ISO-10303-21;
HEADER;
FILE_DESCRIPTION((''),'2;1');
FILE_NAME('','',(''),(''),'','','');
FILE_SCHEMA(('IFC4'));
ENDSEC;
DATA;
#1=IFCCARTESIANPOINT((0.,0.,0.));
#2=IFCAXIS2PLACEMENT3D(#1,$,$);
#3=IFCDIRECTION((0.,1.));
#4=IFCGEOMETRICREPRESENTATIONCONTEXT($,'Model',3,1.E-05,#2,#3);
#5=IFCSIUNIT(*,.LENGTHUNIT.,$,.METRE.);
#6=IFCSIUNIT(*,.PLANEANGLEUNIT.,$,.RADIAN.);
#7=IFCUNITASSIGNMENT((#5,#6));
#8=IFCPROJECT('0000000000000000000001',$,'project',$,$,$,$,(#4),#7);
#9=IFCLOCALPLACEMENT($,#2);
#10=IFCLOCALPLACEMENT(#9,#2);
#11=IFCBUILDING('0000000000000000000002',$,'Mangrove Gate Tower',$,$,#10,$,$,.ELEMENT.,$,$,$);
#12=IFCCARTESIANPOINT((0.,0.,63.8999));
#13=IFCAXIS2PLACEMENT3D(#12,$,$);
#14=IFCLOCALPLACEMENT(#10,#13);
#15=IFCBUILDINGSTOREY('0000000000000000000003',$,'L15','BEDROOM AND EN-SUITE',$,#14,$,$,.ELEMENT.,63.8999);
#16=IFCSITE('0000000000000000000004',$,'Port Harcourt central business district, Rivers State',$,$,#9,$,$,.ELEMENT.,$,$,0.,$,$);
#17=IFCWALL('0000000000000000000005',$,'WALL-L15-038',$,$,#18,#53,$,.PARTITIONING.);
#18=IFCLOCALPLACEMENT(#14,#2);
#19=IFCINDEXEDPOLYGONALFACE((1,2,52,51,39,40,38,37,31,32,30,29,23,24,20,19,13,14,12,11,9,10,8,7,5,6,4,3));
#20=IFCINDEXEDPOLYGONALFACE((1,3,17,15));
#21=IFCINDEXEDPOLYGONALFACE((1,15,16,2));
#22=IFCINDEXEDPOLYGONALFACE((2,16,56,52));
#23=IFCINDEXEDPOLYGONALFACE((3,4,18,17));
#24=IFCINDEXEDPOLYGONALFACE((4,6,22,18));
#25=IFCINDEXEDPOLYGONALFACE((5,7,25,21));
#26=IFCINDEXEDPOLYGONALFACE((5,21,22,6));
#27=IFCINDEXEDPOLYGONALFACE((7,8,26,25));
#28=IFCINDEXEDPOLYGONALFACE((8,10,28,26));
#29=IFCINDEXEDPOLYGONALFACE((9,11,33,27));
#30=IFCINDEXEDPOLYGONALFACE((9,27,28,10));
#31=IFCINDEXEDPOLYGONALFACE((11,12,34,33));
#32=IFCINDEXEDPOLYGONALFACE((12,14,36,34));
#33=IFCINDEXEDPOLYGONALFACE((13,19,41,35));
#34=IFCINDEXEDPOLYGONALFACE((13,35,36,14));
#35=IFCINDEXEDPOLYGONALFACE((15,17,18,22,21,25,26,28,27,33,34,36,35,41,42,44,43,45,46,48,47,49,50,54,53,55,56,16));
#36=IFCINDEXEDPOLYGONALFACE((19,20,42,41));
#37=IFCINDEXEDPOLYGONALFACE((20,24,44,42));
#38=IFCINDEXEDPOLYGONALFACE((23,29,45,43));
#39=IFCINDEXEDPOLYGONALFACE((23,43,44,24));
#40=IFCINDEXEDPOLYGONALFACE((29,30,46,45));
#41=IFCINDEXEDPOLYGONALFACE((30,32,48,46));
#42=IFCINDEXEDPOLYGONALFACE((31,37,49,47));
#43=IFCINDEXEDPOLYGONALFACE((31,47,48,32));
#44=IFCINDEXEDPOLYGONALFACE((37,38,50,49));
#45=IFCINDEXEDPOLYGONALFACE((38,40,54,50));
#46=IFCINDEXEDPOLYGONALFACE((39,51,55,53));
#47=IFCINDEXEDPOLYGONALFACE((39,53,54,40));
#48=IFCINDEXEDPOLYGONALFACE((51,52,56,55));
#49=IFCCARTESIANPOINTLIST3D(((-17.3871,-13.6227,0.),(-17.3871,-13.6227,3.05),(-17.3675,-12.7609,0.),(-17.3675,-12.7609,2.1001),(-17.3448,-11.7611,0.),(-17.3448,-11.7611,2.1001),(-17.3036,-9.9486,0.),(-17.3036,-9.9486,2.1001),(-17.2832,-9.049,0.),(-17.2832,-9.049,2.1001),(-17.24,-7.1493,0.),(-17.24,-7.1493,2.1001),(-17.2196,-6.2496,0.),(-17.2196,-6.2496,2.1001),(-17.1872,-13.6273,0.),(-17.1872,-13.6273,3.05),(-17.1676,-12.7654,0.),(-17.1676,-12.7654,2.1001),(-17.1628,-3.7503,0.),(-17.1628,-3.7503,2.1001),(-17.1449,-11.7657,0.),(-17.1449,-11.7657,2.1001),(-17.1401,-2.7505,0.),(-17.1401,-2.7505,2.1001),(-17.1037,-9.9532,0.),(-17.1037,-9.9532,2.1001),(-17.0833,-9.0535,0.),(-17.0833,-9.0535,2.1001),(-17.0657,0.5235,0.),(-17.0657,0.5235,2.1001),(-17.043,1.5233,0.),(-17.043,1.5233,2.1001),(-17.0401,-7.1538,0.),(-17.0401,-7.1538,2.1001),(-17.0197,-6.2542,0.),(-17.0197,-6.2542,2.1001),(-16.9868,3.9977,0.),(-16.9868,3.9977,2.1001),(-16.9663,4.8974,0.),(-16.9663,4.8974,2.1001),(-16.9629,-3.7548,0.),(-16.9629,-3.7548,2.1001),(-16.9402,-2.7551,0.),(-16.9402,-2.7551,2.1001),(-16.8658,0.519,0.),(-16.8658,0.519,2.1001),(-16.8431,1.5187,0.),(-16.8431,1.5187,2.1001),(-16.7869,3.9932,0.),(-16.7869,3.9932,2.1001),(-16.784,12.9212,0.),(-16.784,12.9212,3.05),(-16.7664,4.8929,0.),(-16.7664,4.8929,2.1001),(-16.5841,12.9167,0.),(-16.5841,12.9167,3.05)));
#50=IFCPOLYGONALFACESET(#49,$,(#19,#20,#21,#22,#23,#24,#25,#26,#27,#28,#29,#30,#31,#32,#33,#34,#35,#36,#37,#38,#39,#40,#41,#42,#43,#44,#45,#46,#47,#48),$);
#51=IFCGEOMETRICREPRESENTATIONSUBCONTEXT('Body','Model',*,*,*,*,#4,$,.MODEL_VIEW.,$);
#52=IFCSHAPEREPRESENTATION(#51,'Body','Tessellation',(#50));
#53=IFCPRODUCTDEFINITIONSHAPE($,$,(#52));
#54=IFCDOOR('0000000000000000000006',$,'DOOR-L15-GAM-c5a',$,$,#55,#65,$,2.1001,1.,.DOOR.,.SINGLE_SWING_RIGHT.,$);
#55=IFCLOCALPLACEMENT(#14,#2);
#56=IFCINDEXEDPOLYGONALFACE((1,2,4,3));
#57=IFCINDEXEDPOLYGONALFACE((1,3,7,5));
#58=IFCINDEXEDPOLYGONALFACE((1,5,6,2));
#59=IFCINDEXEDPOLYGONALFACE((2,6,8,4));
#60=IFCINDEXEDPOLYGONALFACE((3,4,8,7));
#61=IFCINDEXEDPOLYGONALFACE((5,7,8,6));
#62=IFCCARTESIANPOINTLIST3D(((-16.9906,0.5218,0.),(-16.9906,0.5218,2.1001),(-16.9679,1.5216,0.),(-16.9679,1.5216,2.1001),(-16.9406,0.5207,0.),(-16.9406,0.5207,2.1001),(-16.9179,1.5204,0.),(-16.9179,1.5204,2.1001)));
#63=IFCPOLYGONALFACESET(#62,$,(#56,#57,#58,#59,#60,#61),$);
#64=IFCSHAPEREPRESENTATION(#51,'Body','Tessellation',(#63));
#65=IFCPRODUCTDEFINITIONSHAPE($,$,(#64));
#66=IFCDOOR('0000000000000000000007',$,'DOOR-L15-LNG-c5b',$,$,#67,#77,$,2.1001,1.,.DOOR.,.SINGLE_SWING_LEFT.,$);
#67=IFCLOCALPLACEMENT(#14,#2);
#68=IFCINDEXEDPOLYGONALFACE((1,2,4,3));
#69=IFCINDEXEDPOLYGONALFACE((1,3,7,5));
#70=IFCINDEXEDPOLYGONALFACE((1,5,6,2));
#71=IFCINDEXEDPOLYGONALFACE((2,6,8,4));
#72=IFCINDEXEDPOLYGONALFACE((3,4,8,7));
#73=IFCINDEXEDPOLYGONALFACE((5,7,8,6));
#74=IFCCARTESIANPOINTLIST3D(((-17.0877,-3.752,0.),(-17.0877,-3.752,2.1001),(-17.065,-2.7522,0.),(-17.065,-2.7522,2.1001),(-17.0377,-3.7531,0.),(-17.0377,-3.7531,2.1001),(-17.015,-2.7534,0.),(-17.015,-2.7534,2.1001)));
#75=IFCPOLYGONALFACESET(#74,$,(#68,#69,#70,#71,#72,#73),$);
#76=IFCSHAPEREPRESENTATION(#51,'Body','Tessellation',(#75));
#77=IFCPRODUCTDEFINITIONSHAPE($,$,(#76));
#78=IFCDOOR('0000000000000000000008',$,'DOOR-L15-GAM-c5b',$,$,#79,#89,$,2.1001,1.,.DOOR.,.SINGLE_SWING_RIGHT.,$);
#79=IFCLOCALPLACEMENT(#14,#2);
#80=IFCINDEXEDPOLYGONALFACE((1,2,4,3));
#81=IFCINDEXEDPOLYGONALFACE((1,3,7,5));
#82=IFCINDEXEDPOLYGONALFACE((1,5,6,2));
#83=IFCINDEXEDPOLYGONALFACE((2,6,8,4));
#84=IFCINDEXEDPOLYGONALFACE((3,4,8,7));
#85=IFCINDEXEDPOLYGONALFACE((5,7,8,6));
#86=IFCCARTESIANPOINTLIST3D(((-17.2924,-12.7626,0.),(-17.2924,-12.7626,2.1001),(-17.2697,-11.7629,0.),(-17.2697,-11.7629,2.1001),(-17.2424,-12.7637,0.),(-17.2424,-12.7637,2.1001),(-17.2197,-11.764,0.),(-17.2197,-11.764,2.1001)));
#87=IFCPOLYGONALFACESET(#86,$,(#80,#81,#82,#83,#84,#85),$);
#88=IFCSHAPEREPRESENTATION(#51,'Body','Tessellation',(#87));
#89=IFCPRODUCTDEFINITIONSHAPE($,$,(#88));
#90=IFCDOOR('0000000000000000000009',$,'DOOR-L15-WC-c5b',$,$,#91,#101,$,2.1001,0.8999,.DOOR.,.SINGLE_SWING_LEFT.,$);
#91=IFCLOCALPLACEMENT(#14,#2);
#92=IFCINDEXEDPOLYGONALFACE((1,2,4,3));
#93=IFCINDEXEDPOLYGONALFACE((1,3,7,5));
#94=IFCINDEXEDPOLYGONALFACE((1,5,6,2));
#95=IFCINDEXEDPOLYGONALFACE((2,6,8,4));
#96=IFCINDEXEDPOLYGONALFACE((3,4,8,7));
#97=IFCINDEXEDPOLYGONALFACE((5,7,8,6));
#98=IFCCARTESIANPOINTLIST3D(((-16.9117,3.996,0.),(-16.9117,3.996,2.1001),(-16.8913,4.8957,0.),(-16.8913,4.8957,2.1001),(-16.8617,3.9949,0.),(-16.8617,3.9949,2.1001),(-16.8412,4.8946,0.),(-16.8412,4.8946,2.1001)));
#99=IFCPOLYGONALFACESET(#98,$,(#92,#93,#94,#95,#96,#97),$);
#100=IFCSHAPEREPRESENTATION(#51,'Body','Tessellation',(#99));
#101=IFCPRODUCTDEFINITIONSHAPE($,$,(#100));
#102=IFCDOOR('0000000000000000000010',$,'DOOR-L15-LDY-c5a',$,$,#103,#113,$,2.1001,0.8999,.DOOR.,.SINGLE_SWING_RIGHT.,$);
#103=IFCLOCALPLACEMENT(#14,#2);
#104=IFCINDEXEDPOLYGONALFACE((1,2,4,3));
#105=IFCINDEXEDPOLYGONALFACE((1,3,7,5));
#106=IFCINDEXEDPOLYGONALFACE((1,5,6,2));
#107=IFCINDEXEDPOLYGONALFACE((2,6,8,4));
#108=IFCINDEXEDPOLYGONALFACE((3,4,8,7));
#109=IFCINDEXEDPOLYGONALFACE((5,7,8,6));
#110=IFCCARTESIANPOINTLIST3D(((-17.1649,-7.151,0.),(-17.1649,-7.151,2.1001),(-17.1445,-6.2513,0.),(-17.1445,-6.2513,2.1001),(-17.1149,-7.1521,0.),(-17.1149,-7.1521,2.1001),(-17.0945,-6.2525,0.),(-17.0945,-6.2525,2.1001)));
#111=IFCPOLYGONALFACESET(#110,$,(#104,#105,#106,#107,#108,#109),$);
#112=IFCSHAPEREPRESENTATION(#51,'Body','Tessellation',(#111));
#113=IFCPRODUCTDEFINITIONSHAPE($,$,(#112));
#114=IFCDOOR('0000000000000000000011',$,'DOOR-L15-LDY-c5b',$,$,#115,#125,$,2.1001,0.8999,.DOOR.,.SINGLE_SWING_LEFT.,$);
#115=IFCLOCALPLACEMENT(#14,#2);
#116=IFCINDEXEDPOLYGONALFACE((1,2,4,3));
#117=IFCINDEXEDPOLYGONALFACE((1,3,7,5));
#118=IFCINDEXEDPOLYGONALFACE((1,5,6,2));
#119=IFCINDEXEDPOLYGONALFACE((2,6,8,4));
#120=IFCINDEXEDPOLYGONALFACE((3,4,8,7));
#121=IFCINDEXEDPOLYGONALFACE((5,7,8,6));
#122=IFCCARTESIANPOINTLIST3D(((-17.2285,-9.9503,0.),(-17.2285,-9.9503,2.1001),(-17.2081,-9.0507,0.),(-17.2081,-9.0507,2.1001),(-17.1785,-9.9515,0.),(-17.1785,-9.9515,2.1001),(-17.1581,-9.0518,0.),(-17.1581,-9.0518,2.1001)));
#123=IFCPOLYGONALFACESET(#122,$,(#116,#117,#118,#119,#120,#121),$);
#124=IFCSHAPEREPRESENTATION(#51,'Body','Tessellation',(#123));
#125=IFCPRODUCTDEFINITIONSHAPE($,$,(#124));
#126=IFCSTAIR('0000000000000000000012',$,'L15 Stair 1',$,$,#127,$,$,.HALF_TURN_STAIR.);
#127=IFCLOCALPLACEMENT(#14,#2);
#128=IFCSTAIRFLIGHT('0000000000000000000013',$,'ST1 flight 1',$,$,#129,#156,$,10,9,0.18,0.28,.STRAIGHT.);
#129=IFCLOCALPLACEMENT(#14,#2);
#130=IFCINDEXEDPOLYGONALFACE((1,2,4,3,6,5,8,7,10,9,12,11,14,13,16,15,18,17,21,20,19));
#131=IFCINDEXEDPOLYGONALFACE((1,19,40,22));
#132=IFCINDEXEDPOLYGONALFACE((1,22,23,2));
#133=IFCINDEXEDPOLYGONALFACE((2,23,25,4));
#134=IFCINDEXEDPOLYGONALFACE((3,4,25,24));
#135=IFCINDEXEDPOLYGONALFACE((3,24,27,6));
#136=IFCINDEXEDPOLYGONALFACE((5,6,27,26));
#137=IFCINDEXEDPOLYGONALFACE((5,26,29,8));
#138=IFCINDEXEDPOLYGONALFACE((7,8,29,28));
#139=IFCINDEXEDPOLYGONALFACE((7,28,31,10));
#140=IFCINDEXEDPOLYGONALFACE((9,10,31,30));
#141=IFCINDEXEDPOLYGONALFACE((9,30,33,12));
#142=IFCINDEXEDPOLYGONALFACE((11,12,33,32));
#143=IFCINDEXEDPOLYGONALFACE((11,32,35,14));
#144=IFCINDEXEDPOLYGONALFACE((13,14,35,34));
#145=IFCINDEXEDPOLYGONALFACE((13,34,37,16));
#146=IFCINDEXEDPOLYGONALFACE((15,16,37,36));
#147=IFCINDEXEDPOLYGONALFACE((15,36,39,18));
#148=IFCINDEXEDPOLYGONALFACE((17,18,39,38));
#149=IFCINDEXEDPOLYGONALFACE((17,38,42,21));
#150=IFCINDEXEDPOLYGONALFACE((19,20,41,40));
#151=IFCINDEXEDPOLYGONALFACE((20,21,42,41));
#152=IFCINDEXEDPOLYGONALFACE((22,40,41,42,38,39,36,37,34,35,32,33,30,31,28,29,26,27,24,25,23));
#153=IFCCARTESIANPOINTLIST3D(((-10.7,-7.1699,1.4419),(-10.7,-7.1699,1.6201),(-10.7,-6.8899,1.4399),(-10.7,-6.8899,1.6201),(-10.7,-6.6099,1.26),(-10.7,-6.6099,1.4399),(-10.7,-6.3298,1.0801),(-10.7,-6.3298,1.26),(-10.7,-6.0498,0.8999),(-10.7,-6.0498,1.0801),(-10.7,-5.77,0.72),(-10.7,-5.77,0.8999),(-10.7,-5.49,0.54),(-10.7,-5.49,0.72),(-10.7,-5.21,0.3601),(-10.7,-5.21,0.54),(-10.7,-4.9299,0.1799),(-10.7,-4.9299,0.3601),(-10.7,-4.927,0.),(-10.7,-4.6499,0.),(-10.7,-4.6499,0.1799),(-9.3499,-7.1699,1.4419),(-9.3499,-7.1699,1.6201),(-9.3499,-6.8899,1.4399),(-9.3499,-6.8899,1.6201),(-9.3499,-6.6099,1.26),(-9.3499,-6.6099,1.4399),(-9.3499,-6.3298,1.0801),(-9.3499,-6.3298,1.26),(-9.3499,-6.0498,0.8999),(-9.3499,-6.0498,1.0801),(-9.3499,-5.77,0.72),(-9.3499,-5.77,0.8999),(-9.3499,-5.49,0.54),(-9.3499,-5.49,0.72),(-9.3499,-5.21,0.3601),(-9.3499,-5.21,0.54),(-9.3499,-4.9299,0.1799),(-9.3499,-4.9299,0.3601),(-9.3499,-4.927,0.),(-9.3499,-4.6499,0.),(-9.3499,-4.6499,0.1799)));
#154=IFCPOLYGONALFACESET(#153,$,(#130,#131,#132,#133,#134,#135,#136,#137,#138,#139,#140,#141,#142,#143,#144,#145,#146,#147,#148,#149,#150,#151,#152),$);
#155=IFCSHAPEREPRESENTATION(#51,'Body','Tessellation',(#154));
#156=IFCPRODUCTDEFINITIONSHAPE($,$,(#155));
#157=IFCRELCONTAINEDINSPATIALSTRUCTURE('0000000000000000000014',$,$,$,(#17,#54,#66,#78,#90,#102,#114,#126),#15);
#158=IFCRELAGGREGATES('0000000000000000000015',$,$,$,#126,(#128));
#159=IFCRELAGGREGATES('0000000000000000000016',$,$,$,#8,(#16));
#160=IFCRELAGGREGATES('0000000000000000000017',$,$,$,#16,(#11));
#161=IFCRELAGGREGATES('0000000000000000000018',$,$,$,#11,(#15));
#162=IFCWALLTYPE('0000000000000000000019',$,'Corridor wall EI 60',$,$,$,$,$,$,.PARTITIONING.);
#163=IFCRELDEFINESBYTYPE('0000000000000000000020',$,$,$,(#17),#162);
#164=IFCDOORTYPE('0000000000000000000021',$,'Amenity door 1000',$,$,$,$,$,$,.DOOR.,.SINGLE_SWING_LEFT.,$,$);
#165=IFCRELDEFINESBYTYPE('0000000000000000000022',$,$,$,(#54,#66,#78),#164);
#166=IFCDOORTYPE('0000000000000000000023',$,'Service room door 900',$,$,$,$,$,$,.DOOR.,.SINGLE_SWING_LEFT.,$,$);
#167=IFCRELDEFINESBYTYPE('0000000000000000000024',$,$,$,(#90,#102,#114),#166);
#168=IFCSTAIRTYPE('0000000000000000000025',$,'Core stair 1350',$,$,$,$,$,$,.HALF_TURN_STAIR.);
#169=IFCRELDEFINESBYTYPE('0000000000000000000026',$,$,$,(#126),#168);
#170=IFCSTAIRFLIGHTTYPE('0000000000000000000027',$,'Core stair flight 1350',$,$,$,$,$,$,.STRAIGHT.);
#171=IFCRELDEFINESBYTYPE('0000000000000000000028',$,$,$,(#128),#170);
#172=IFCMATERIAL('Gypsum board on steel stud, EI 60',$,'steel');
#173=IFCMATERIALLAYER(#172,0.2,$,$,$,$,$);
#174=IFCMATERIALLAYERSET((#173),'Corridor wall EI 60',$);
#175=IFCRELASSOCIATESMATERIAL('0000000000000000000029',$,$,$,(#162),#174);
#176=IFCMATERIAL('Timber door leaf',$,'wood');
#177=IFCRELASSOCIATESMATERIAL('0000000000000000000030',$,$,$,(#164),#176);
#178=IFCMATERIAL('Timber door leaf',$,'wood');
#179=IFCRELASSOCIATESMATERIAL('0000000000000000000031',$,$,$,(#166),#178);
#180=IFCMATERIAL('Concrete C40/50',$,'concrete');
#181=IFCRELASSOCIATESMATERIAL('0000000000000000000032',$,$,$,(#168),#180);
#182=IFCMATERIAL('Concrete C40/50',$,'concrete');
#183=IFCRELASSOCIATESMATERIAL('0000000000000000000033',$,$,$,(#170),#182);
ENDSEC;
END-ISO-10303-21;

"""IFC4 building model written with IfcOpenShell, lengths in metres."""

from ifc_helpers import new_model, si_unit, direction, frame, frame_2d, origin, place, context, subcontext, project, spatial, polyline, rectangle, outline, extrude, material, layer, layer_set, type_object, element, fill, aggregate, save


model = new_model("IFC4")

# Units and contexts
model_context = context("Model", 3, precision=1e-05, world=origin(), true_north=direction((0.0, 1.0)))
body_context = subcontext(model_context, "Body", "Model", "MODEL_VIEW")
ifc_project = project(units=[si_unit("LENGTHUNIT", "METRE"), si_unit("PLANEANGLEUNIT", "RADIAN")], contexts=[model_context])

# Site, building, storey
site_placement = place(None, origin())
site = spatial("IfcSite", under=ifc_project, at=site_placement, Name="Port Harcourt central business district, Rivers State", CompositionType="ELEMENT", RefElevation=0.0)
building_placement = place(site_placement, origin())
building = spatial("IfcBuilding", under=site, at=building_placement, Name="Mangrove Gate Tower", CompositionType="ELEMENT")
storey_placement = place(building_placement, frame((0.0, 0.0, 63.8999)))
storey = spatial("IfcBuildingStorey", under=building, at=storey_placement, Name="L15", Description="BEDROOM AND EN-SUITE", CompositionType="ELEMENT", Elevation=63.8999)

# Wall, openings, doors
ifc_material_1 = material(Name="Gypsum board on steel stud, EI 60", Category="steel")
ifc_layer_1 = layer(ifc_material_1, 0.2)
ifc_layer_set_1 = layer_set([ifc_layer_1], Name="Corridor wall EI 60")
wall_type_1 = type_object("IfcWallType", Name="Corridor wall EI 60", PredefinedType="PARTITIONING", material=ifc_layer_set_1)
wall_1_placement = place(storey_placement, frame((-17.2871, -13.625, 0.0), z_axis=(0.0, 0.0, 1.0), x_axis=(0.022712, 0.999742, 0.0)))
wall_1 = element("IfcWall", 1, at=wall_1_placement, inside=storey, type_object=wall_type_1, Name="WALL-L15-038", PredefinedType="PARTITIONING", context=body_context, shape_type="SweptSolid", body=[
    extrude(rectangle(XDim=26.5508, YDim=0.2, at=frame_2d((13.2754, 0.0))), origin(), (0.0, 0.0, 1.0), 3.05),
])
opening_1_placement = place(wall_1_placement, frame((14.1499, 0.0, 0.0)))
opening_1 = element("IfcOpeningElement", 2, at=opening_1_placement, cuts=wall_1, PredefinedType="OPENING", context=body_context, shape_type="SweptSolid", body=[
    extrude(rectangle(XDim=1.0, YDim=2.1001, at=frame_2d((0.5, 1.05))), frame((0.0, 0.1099, 0.0), z_axis=(0.0, -1.0, 0.0), x_axis=(1.0, 0.0, 0.0)), (0.0, 0.0, 1.0), 0.22),
])
opening_2_placement = place(wall_1_placement, frame((17.625, 0.0, 0.0)))
opening_2 = element("IfcOpeningElement", 3, at=opening_2_placement, cuts=wall_1, PredefinedType="OPENING", context=body_context, shape_type="SweptSolid", body=[
    extrude(rectangle(XDim=0.8999, YDim=2.1001, at=frame_2d((0.45, 1.05))), frame((0.0, 0.1099, 0.0), z_axis=(0.0, -1.0, 0.0), x_axis=(1.0, 0.0, 0.0)), (0.0, 0.0, 1.0), 0.22),
])
opening_3_placement = place(wall_1_placement, frame((9.875, 0.0, 0.0)))
opening_3 = element("IfcOpeningElement", 4, at=opening_3_placement, cuts=wall_1, PredefinedType="OPENING", context=body_context, shape_type="SweptSolid", body=[
    extrude(rectangle(XDim=1.0, YDim=2.1001, at=frame_2d((0.5, 1.05))), frame((0.0, 0.1099, 0.0), z_axis=(0.0, -1.0, 0.0), x_axis=(1.0, 0.0, 0.0)), (0.0, 0.0, 1.0), 0.22),
])
opening_4_placement = place(wall_1_placement, frame((6.4751, 0.0, 0.0)))
opening_4 = element("IfcOpeningElement", 5, at=opening_4_placement, cuts=wall_1, PredefinedType="OPENING", context=body_context, shape_type="SweptSolid", body=[
    extrude(rectangle(XDim=0.8999, YDim=2.1001, at=frame_2d((0.45, 1.05))), frame((0.0, 0.1099, 0.0), z_axis=(0.0, -1.0, 0.0), x_axis=(1.0, 0.0, 0.0)), (0.0, 0.0, 1.0), 0.22),
])
opening_5_placement = place(wall_1_placement, frame((0.8621, 0.0, 0.0)))
opening_5 = element("IfcOpeningElement", 6, at=opening_5_placement, cuts=wall_1, PredefinedType="OPENING", context=body_context, shape_type="SweptSolid", body=[
    extrude(rectangle(XDim=1.0, YDim=2.1001, at=frame_2d((0.5, 1.05))), frame((0.0, 0.1099, 0.0), z_axis=(0.0, -1.0, 0.0), x_axis=(1.0, 0.0, 0.0)), (0.0, 0.0, 1.0), 0.22),
])
opening_6_placement = place(wall_1_placement, frame((3.675, 0.0, 0.0)))
opening_6 = element("IfcOpeningElement", 7, at=opening_6_placement, cuts=wall_1, PredefinedType="OPENING", context=body_context, shape_type="SweptSolid", body=[
    extrude(rectangle(XDim=0.8999, YDim=2.1001, at=frame_2d((0.45, 1.05))), frame((0.0, 0.1099, 0.0), z_axis=(0.0, -1.0, 0.0), x_axis=(1.0, 0.0, 0.0)), (0.0, 0.0, 1.0), 0.22),
])
ifc_material_2 = material(Name="Timber door leaf", Category="wood")
door_type_1 = type_object("IfcDoorType", Name="Amenity door 1000", OperationType="SINGLE_SWING_LEFT", PredefinedType="DOOR", material=ifc_material_2)
door_1_placement = place(opening_1_placement, origin())
door_1 = element("IfcDoor", 8, at=door_1_placement, inside=storey, type_object=door_type_1, Name="DOOR-L15-GAM-c5a", OperationType="SINGLE_SWING_RIGHT", OverallHeight=2.1001, OverallWidth=1.0, PredefinedType="DOOR", context=body_context, shape_type="SweptSolid", body=[
    extrude(rectangle(XDim=1.0, YDim=2.1001, at=frame_2d((0.5, 1.05))), frame((0.0, 0.0249, 0.0), z_axis=(0.0, -1.0, 0.0), x_axis=(1.0, 0.0, 0.0)), (0.0, 0.0, 1.0), 0.05),
])
fill(opening_1, door_1)
door_2_placement = place(opening_3_placement, origin())
door_2 = element("IfcDoor", 9, at=door_2_placement, inside=storey, type_object=door_type_1, Name="DOOR-L15-LNG-c5b", OperationType="SINGLE_SWING_LEFT", OverallHeight=2.1001, OverallWidth=1.0, PredefinedType="DOOR", context=body_context, shape_type="SweptSolid", body=[
    extrude(rectangle(XDim=1.0, YDim=2.1001, at=frame_2d((0.5, 1.05))), frame((0.0, 0.0249, 0.0), z_axis=(0.0, -1.0, 0.0), x_axis=(1.0, 0.0, 0.0)), (0.0, 0.0, 1.0), 0.05),
])
fill(opening_3, door_2)
door_3_placement = place(opening_5_placement, origin())
door_3 = element("IfcDoor", 10, at=door_3_placement, inside=storey, type_object=door_type_1, Name="DOOR-L15-GAM-c5b", OperationType="SINGLE_SWING_RIGHT", OverallHeight=2.1001, OverallWidth=1.0, PredefinedType="DOOR", context=body_context, shape_type="SweptSolid", body=[
    extrude(rectangle(XDim=1.0, YDim=2.1001, at=frame_2d((0.5, 1.05))), frame((0.0, 0.0249, 0.0), z_axis=(0.0, -1.0, 0.0), x_axis=(1.0, 0.0, 0.0)), (0.0, 0.0, 1.0), 0.05),
])
fill(opening_5, door_3)
ifc_material_3 = material(Name="Timber door leaf", Category="wood")
door_type_2 = type_object("IfcDoorType", Name="Service room door 900", OperationType="SINGLE_SWING_LEFT", PredefinedType="DOOR", material=ifc_material_3)
door_4_placement = place(opening_2_placement, origin())
door_4 = element("IfcDoor", 11, at=door_4_placement, inside=storey, type_object=door_type_2, Name="DOOR-L15-WC-c5b", OperationType="SINGLE_SWING_LEFT", OverallHeight=2.1001, OverallWidth=0.8999, PredefinedType="DOOR", context=body_context, shape_type="SweptSolid", body=[
    extrude(rectangle(XDim=0.8999, YDim=2.1001, at=frame_2d((0.45, 1.05))), frame((0.0, 0.0249, 0.0), z_axis=(0.0, -1.0, 0.0), x_axis=(1.0, 0.0, 0.0)), (0.0, 0.0, 1.0), 0.05),
])
fill(opening_2, door_4)
door_5_placement = place(opening_4_placement, origin())
door_5 = element("IfcDoor", 12, at=door_5_placement, inside=storey, type_object=door_type_2, Name="DOOR-L15-LDY-c5a", OperationType="SINGLE_SWING_RIGHT", OverallHeight=2.1001, OverallWidth=0.8999, PredefinedType="DOOR", context=body_context, shape_type="SweptSolid", body=[
    extrude(rectangle(XDim=0.8999, YDim=2.1001, at=frame_2d((0.45, 1.05))), frame((0.0, 0.0249, 0.0), z_axis=(0.0, -1.0, 0.0), x_axis=(1.0, 0.0, 0.0)), (0.0, 0.0, 1.0), 0.05),
])
fill(opening_4, door_5)
door_6_placement = place(opening_6_placement, origin())
door_6 = element("IfcDoor", 13, at=door_6_placement, inside=storey, type_object=door_type_2, Name="DOOR-L15-LDY-c5b", OperationType="SINGLE_SWING_LEFT", OverallHeight=2.1001, OverallWidth=0.8999, PredefinedType="DOOR", context=body_context, shape_type="SweptSolid", body=[
    extrude(rectangle(XDim=0.8999, YDim=2.1001, at=frame_2d((0.45, 1.05))), frame((0.0, 0.0249, 0.0), z_axis=(0.0, -1.0, 0.0), x_axis=(1.0, 0.0, 0.0)), (0.0, 0.0, 1.0), 0.05),
])
fill(opening_6, door_6)

# Stair, stair flight
ifc_material_4 = material(Name="Concrete C40/50", Category="concrete")
stair_type = type_object("IfcStairType", Name="Core stair 1350", PredefinedType="HALF_TURN_STAIR", material=ifc_material_4)
stair_1_placement = place(storey_placement, origin())
stair_1 = element("IfcStair", 14, at=stair_1_placement, inside=storey, type_object=stair_type, Name="L15 Stair 1", PredefinedType="HALF_TURN_STAIR")
ifc_material_5 = material(Name="Concrete C40/50", Category="concrete")
stair_flight_type = type_object("IfcStairFlightType", Name="Core stair flight 1350", PredefinedType="STRAIGHT", material=ifc_material_5)
stair_flight_1_placement = place(storey_placement, frame((-10.0249, -4.6499, 0.0), z_axis=(0.0, 0.0, 1.0), x_axis=(0.0, -1.0, 0.0)))
stair_flight_1 = element("IfcStairFlight", 15, at=stair_flight_1_placement, type_object=stair_flight_type, Name="ST1 flight 1", NumberOfRisers=10, NumberOfTreads=9, PredefinedType="STRAIGHT", RiserHeight=0.18, TreadLength=0.28, context=body_context, shape_type="SweptSolid", body=[
    extrude(outline(polyline([(0.0, 0.0), (0.0, 0.1799), (0.28, 0.1799), (0.28, 0.3601), (0.5601, 0.3601), (0.5601, 0.54), (0.8401, 0.54), (0.8401, 0.72), (1.1201, 0.72), (1.1201, 0.8999), (1.3999, 0.8999), (1.3999, 1.0801), (1.6799, 1.0801), (1.6799, 1.26), (1.96, 1.26), (1.96, 1.4399), (2.24, 1.4399), (2.24, 1.6201), (2.52, 1.6201), (2.52, 1.8), (2.52, 1.4419), (0.2771, 0.0), (0.0, 0.0)])), frame((0.0, 0.675, 0.0), z_axis=(0.0, -1.0, 0.0), x_axis=(1.0, 0.0, 0.0)), (0.0, 0.0, 1.0), 1.3501),
])
aggregate(stair_1, [stair_flight_1])

save(model, "model.ifc")
